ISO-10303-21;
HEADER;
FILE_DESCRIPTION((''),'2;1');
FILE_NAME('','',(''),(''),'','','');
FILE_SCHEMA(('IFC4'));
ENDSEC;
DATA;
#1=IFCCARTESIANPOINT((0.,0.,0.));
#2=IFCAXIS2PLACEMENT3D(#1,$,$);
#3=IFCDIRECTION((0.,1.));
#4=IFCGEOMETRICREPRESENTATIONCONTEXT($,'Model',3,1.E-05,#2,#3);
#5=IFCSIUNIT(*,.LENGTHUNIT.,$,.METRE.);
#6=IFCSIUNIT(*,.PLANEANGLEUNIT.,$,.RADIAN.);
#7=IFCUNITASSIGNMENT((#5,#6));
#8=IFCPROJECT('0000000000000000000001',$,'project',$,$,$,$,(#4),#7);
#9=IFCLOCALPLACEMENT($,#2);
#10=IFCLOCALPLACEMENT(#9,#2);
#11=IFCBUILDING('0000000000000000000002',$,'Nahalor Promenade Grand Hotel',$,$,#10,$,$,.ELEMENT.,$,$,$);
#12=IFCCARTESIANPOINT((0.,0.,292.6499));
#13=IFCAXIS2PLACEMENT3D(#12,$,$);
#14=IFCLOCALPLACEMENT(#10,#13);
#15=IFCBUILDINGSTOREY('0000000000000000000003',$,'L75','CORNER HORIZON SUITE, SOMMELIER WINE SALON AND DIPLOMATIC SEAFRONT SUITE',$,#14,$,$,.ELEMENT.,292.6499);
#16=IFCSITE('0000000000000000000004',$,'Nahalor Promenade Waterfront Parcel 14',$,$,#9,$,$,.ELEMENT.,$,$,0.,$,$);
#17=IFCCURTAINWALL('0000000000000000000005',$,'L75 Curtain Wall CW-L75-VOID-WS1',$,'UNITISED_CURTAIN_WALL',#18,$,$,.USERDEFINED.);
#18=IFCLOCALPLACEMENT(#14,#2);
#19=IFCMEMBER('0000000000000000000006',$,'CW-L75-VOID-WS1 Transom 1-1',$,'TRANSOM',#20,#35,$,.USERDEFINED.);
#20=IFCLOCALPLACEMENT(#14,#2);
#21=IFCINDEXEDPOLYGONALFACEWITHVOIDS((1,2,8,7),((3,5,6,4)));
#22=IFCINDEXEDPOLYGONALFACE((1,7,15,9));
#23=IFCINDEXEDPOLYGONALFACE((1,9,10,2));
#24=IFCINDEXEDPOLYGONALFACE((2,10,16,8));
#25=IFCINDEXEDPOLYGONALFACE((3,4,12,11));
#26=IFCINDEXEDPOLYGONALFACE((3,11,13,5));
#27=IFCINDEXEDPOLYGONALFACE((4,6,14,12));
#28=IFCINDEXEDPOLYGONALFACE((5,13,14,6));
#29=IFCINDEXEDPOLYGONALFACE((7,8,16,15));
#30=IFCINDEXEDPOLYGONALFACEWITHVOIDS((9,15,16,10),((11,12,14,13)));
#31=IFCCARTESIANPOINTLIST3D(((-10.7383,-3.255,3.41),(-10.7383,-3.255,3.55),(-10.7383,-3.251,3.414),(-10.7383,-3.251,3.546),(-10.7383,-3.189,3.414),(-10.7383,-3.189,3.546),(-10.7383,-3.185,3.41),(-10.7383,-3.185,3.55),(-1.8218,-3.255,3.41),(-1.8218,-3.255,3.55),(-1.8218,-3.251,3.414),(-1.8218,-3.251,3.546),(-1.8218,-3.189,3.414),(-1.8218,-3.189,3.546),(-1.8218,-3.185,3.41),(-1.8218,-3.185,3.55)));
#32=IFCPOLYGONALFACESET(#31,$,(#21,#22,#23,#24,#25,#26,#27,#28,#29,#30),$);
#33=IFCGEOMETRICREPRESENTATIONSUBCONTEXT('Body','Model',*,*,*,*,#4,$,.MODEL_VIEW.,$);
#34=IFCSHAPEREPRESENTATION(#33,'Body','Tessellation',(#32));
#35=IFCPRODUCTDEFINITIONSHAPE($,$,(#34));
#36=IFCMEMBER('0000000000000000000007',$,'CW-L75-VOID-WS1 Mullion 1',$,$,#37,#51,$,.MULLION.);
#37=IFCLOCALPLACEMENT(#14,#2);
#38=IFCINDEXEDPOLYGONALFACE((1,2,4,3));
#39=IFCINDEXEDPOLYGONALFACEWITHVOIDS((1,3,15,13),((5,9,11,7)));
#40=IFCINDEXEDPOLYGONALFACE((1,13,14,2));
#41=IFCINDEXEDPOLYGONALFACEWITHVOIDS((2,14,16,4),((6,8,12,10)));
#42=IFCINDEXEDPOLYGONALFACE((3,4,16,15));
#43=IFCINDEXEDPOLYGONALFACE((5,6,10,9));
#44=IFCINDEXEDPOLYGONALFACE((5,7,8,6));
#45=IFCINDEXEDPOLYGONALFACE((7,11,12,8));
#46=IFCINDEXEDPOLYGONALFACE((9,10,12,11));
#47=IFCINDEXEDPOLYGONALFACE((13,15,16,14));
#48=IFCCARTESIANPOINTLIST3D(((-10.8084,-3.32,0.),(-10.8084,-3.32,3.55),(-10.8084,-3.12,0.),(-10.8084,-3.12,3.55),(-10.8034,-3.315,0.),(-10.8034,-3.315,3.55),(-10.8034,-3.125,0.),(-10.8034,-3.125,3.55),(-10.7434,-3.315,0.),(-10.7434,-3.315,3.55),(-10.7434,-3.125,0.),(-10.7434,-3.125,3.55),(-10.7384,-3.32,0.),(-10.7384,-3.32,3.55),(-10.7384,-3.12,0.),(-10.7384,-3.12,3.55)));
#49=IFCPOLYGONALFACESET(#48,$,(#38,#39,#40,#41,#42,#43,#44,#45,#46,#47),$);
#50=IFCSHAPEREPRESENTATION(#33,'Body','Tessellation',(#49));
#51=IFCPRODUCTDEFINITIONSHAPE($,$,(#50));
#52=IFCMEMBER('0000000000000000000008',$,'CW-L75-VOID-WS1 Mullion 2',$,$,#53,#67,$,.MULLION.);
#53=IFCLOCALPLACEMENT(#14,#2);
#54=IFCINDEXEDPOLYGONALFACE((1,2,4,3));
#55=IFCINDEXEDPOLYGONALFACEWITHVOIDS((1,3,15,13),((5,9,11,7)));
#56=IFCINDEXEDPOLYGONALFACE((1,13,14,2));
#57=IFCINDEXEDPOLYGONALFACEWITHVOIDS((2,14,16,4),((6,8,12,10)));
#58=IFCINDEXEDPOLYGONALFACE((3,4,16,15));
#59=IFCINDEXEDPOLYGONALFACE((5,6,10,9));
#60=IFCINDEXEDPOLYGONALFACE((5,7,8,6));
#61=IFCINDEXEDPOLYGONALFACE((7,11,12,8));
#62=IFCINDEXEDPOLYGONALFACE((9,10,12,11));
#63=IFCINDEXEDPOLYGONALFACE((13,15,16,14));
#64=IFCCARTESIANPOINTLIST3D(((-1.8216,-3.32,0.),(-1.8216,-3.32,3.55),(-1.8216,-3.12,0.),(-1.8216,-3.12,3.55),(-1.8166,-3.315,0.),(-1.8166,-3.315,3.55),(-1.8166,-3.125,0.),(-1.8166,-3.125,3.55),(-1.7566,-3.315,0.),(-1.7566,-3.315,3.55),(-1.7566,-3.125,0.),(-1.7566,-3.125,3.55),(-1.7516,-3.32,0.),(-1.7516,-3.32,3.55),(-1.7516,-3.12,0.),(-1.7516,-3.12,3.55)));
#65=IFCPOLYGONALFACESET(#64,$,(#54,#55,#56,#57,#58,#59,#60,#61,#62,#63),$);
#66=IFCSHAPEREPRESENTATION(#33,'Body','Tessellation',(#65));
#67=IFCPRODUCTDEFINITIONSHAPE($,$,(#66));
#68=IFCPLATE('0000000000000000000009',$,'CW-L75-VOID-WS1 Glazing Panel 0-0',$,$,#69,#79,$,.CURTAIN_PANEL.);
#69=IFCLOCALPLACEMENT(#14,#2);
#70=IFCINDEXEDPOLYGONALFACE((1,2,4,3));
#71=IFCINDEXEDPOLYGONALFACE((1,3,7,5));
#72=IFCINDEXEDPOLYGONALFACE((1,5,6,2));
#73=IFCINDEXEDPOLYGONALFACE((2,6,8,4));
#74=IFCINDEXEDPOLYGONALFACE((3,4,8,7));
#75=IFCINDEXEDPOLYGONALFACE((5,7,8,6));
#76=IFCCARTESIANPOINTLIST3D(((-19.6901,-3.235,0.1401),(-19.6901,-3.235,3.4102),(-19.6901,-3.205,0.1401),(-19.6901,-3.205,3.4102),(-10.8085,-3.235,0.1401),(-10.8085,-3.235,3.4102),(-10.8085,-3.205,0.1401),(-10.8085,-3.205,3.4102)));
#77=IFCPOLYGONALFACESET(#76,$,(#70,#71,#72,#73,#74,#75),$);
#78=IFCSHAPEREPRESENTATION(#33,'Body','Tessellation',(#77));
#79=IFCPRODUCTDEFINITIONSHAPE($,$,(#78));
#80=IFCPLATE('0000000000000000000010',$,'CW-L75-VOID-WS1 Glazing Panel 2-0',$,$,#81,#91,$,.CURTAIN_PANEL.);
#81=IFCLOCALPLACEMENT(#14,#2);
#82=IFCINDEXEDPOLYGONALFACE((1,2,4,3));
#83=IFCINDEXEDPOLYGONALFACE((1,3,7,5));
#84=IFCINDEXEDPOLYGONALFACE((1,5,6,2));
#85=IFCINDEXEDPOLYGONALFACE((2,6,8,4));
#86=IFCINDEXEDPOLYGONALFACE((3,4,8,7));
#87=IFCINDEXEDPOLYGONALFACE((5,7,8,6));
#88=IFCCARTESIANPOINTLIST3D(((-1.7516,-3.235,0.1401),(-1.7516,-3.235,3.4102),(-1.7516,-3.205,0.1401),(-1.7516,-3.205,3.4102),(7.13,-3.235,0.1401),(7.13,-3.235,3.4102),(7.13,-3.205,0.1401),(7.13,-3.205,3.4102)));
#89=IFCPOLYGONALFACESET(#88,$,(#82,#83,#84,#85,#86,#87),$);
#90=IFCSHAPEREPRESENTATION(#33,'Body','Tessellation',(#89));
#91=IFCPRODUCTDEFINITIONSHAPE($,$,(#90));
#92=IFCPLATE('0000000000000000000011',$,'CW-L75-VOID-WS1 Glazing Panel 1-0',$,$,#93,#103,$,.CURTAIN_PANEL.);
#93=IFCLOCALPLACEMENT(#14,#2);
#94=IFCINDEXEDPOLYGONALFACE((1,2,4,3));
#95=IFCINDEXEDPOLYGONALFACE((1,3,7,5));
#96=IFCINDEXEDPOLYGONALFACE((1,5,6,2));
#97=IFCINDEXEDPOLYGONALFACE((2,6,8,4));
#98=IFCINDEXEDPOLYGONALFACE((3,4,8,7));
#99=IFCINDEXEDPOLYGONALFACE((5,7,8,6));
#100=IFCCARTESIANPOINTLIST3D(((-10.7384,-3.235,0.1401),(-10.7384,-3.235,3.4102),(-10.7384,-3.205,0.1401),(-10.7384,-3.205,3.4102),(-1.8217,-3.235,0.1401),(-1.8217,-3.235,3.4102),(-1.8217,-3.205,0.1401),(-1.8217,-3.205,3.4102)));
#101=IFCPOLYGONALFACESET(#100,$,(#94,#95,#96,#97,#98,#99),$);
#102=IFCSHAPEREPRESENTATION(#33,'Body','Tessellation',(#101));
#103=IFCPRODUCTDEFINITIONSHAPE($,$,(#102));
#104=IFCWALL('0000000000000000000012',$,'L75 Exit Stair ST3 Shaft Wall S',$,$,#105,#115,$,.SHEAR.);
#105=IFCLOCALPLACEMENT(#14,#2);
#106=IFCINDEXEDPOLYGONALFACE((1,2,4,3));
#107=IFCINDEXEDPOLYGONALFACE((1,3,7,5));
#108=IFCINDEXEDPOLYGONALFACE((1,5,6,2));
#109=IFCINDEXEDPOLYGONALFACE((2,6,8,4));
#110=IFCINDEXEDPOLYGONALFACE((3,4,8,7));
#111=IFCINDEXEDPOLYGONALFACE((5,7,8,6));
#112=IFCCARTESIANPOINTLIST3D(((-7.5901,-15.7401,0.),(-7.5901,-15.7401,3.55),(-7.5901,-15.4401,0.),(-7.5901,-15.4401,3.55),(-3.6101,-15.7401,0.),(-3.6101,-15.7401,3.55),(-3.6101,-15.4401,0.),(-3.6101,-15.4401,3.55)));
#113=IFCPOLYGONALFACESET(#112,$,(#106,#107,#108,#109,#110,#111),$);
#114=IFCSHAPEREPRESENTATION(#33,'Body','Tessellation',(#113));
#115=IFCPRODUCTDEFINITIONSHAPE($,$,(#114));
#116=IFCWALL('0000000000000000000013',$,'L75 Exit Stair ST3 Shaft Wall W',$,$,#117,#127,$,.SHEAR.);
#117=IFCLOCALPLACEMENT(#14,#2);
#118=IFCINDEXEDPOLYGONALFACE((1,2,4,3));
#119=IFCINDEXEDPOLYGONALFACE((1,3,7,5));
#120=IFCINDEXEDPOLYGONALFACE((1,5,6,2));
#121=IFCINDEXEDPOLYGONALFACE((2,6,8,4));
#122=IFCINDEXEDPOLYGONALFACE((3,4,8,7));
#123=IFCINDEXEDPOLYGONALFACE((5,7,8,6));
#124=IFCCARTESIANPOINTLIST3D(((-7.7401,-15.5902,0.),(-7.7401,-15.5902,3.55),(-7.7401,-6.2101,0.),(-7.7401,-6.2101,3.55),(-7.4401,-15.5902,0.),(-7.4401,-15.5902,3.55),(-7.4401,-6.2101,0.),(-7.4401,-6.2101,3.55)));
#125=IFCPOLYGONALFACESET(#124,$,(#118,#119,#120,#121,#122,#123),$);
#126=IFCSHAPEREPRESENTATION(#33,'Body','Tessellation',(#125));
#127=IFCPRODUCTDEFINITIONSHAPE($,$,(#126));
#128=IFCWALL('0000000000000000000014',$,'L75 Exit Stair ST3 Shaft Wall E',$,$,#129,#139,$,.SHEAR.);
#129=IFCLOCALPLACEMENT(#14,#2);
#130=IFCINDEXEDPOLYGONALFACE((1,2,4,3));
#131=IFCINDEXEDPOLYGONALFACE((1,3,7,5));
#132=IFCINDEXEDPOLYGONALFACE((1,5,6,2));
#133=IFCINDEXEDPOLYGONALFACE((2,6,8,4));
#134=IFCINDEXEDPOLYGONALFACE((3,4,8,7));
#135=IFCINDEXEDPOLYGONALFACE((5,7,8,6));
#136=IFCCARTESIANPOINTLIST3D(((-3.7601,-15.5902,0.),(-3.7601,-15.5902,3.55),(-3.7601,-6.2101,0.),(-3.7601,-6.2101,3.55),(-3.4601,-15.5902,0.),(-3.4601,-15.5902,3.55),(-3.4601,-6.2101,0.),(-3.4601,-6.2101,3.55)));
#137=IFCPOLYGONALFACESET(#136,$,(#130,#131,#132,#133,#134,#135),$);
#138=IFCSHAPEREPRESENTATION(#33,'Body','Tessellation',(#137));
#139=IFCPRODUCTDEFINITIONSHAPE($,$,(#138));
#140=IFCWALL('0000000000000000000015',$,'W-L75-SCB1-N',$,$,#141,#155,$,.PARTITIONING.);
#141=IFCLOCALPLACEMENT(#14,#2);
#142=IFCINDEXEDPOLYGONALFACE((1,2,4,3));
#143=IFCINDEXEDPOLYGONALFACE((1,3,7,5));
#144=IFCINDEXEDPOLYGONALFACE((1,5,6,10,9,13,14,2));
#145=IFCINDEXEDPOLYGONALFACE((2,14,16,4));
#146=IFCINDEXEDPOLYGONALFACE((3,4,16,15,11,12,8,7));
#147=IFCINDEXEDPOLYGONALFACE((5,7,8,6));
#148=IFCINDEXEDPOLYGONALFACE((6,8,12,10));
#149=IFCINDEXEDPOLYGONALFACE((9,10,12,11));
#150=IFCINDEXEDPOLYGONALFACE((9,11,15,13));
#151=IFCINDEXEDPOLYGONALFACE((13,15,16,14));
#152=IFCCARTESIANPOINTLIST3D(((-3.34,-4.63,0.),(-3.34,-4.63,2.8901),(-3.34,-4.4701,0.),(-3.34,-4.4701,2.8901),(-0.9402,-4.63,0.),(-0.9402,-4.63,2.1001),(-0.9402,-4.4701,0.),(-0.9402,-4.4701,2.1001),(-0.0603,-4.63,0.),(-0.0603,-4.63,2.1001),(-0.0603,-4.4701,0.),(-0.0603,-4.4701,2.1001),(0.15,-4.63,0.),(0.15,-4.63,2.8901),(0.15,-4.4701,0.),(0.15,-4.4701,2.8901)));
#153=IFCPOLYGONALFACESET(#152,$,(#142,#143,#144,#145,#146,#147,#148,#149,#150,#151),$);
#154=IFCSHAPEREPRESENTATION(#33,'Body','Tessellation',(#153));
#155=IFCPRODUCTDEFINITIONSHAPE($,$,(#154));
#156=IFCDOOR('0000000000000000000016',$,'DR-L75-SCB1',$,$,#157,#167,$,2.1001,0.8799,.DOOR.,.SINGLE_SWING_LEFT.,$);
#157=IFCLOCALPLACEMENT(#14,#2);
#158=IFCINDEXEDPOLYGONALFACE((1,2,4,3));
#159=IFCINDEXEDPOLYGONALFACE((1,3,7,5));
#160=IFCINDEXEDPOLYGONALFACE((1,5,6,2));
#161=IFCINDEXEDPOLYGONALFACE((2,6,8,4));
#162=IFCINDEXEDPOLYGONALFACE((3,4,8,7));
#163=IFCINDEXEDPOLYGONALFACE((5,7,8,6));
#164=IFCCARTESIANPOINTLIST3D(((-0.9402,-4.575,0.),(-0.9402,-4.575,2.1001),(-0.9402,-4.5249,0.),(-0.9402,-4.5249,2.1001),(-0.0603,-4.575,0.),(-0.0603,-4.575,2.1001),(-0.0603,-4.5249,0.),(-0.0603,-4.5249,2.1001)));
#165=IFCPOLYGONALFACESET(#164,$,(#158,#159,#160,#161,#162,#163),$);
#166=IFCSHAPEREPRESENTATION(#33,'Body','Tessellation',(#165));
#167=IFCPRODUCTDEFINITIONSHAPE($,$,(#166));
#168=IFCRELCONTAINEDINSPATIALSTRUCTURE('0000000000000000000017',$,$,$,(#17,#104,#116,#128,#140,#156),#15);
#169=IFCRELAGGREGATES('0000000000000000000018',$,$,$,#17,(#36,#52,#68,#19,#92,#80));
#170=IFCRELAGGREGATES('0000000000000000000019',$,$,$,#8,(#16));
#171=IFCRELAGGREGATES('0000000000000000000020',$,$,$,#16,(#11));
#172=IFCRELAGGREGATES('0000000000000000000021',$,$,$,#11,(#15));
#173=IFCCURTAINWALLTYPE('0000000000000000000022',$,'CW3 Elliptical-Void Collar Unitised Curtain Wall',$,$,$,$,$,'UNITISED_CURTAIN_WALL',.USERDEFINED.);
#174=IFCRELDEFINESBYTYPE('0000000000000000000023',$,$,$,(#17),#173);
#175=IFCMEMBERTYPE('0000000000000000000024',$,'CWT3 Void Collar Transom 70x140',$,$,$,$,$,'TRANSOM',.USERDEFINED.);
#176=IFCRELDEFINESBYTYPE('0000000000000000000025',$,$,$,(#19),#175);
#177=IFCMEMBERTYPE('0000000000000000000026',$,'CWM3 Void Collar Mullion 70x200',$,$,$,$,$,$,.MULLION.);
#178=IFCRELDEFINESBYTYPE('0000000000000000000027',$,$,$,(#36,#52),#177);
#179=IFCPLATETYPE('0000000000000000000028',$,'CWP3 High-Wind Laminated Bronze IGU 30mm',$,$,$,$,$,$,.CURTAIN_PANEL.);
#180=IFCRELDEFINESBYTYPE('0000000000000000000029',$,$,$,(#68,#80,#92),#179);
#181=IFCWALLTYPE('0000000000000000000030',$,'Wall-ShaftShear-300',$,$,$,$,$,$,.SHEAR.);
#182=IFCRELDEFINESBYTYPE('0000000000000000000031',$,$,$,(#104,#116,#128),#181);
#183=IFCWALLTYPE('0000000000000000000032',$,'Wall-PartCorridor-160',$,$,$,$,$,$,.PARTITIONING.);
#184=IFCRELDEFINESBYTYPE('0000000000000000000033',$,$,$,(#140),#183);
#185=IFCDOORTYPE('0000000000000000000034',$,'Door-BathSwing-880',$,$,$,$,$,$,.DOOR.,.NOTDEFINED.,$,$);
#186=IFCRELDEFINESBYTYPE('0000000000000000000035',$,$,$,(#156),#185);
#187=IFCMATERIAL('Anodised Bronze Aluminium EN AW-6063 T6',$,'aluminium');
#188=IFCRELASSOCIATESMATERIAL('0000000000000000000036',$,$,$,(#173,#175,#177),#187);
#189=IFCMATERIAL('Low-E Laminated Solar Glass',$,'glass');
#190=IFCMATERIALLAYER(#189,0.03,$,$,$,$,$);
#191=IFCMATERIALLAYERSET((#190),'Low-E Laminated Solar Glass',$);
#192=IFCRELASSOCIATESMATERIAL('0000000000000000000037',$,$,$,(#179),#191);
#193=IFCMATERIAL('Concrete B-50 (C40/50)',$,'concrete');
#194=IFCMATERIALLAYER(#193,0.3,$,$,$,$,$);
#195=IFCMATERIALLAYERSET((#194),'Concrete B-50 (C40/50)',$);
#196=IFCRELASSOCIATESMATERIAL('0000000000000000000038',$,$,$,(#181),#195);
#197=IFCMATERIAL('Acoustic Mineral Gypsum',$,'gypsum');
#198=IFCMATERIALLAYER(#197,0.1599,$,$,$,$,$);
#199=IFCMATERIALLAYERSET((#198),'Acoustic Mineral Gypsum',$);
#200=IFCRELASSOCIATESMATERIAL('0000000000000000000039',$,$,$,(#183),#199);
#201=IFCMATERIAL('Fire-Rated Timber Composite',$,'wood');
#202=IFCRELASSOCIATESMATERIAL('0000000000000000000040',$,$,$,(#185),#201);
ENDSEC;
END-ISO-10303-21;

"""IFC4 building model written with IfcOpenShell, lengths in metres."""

from ifc_helpers import new_model, si_unit, direction, frame, frame_2d, origin, origin_2d, place, context, subcontext, project, spatial, rectangle, hollow_rectangle, extrude, source, transform, mapped, material, layer, layer_set, material_profile, profile_set, type_object, element, fill, aggregate, save


model = new_model("IFC4")

# Units and contexts
model_context = context("Model", 3, precision=1e-05, world=origin(), true_north=direction((0.0, 1.0)))
body_context = subcontext(model_context, "Body", "Model", "MODEL_VIEW")
ifc_project = project(units=[si_unit("LENGTHUNIT", "METRE"), si_unit("PLANEANGLEUNIT", "RADIAN")], contexts=[model_context])

# Site, building, storey
site_placement = place(None, origin())
site = spatial("IfcSite", under=ifc_project, at=site_placement, Name="Nahalor Promenade Waterfront Parcel 14", CompositionType="ELEMENT", RefElevation=0.0)
building_placement = place(site_placement, origin())
building = spatial("IfcBuilding", under=site, at=building_placement, Name="Nahalor Promenade Grand Hotel", CompositionType="ELEMENT")
storey_placement = place(building_placement, frame((0.0, 0.0, 292.6499)))
storey = spatial("IfcBuildingStorey", under=building, at=storey_placement, Name="L75", Description="CORNER HORIZON SUITE, SOMMELIER WINE SALON AND DIPLOMATIC SEAFRONT SUITE", CompositionType="ELEMENT", Elevation=292.6499)

# Shared definitions
ifc_material_1 = material(Name="Concrete B-50 (C40/50)", Category="concrete")

# Curtain wall, members, plates
ifc_material_2 = material(Name="Anodised Bronze Aluminium EN AW-6063 T6", Category="aluminium")
curtain_wall_type = type_object("IfcCurtainWallType", Name="CW3 Elliptical-Void Collar Unitised Curtain Wall", ElementType="UNITISED_CURTAIN_WALL", PredefinedType="USERDEFINED", material=ifc_material_2)
curtain_wall_placement = place(storey_placement, origin())
curtain_wall = element("IfcCurtainWall", 1, at=curtain_wall_placement, inside=storey, type_object=curtain_wall_type, Name="L75 Curtain Wall CW-L75-VOID-WS1", ObjectType="UNITISED_CURTAIN_WALL", PredefinedType="USERDEFINED")
ifc_material_profile_1 = material_profile(ifc_material_2, hollow_rectangle(XDim=0.07, YDim=0.14, WallThickness=0.004, at=origin_2d()), Name="CWT 70x140x4")
ifc_profile_set_1 = profile_set([ifc_material_profile_1], Name="Anodised Bronze Aluminium EN AW-6063 T6")
member_type_1 = type_object("IfcMemberType", Name="CWT3 Void Collar Transom 70x140", ElementType="TRANSOM", PredefinedType="USERDEFINED", material=ifc_profile_set_1)
shared_shape_1 = source(origin(), body_context, "Body", "SweptSolid", [
    extrude(hollow_rectangle(XDim=0.07, YDim=0.14, WallThickness=0.004, at=origin_2d()), origin(), (0.0, 0.0, 1.0), 8.9165),
])
member_1_placement = place(storey_placement, frame((-10.7383, -3.22, 3.48), z_axis=(1.0, 0.0, 0.0), x_axis=(0.0, 1.0, 0.0)))
member_1 = element("IfcMember", 2, at=member_1_placement, type_object=member_type_1, Name="CW-L75-VOID-WS1 Transom 1-1", ObjectType="TRANSOM", PredefinedType="USERDEFINED", context=body_context, shape_type="MappedRepresentation", body=[
    mapped(shared_shape_1, transform((0.0, 0.0, 0.0), scale=1.0)),
])
ifc_material_profile_2 = material_profile(ifc_material_2, hollow_rectangle(XDim=0.07, YDim=0.2, WallThickness=0.005, at=origin_2d()), Name="CWM 70x200x5")
ifc_profile_set_2 = profile_set([ifc_material_profile_2], Name="Anodised Bronze Aluminium EN AW-6063 T6")
member_type_2 = type_object("IfcMemberType", Name="CWM3 Void Collar Mullion 70x200", PredefinedType="MULLION", material=ifc_profile_set_2)
shared_shape_2 = source(origin(), body_context, "Body", "SweptSolid", [
    extrude(hollow_rectangle(XDim=0.07, YDim=0.2, WallThickness=0.005, at=origin_2d()), origin(), (0.0, 0.0, 1.0), 3.55),
])
member_2_placement = place(storey_placement, frame((-10.7734, -3.22, 0.0), z_axis=(0.0, 0.0, 1.0), x_axis=(1.0, 0.0, 0.0)))
member_2 = element("IfcMember", 3, at=member_2_placement, type_object=member_type_2, Name="CW-L75-VOID-WS1 Mullion 1", PredefinedType="MULLION", context=body_context, shape_type="MappedRepresentation", body=[
    mapped(shared_shape_2, transform((0.0, 0.0, 0.0), scale=1.0)),
])
member_3_placement = place(storey_placement, frame((-1.7866, -3.22, 0.0), z_axis=(0.0, 0.0, 1.0), x_axis=(1.0, 0.0, 0.0)))
member_3 = element("IfcMember", 4, at=member_3_placement, type_object=member_type_2, Name="CW-L75-VOID-WS1 Mullion 2", PredefinedType="MULLION", context=body_context, shape_type="MappedRepresentation", body=[
    mapped(shared_shape_2, transform((0.0, 0.0, 0.0), scale=1.0)),
])
ifc_material_3 = material(Name="Low-E Laminated Solar Glass", Category="glass")
ifc_layer_1 = layer(ifc_material_3, 0.03)
ifc_layer_set_1 = layer_set([ifc_layer_1], Name="Low-E Laminated Solar Glass")
plate_type = type_object("IfcPlateType", Name="CWP3 High-Wind Laminated Bronze IGU 30mm", PredefinedType="CURTAIN_PANEL", material=ifc_layer_set_1)
shared_shape_3 = source(origin(), body_context, "Body", "SweptSolid", [
    extrude(rectangle(XDim=8.8816, YDim=0.03, at=origin_2d()), origin(), (0.0, 0.0, 1.0), 3.27),
])
plate_1_placement = place(storey_placement, frame((-15.2493, -3.22, 0.1401), z_axis=(0.0, 0.0, 1.0), x_axis=(1.0, 0.0, 0.0)))
plate_1 = element("IfcPlate", 5, at=plate_1_placement, type_object=plate_type, Name="CW-L75-VOID-WS1 Glazing Panel 0-0", PredefinedType="CURTAIN_PANEL", context=body_context, shape_type="MappedRepresentation", body=[
    mapped(shared_shape_3, transform((0.0, 0.0, 0.0), scale=1.0)),
])
plate_2_placement = place(storey_placement, frame((2.6892, -3.22, 0.1401), z_axis=(0.0, 0.0, 1.0), x_axis=(1.0, 0.0, 0.0)))
plate_2 = element("IfcPlate", 6, at=plate_2_placement, type_object=plate_type, Name="CW-L75-VOID-WS1 Glazing Panel 2-0", PredefinedType="CURTAIN_PANEL", context=body_context, shape_type="MappedRepresentation", body=[
    mapped(shared_shape_3, transform((0.0, 0.0, 0.0), scale=1.0)),
])
shared_shape_4 = source(origin(), body_context, "Body", "SweptSolid", [
    extrude(rectangle(XDim=8.9167, YDim=0.03, at=origin_2d()), origin(), (0.0, 0.0, 1.0), 3.27),
])
plate_3_placement = place(storey_placement, frame((-6.28, -3.22, 0.1401), z_axis=(0.0, 0.0, 1.0), x_axis=(1.0, 0.0, 0.0)))
plate_3 = element("IfcPlate", 7, at=plate_3_placement, type_object=plate_type, Name="CW-L75-VOID-WS1 Glazing Panel 1-0", PredefinedType="CURTAIN_PANEL", context=body_context, shape_type="MappedRepresentation", body=[
    mapped(shared_shape_4, transform((0.0, 0.0, 0.0), scale=1.0)),
])
aggregate(curtain_wall, [member_2, member_3, plate_1, member_1, plate_3, plate_2])

# Wall
ifc_layer_2 = layer(ifc_material_1, 0.3)
ifc_layer_set_2 = layer_set([ifc_layer_2], Name="Concrete B-50 (C40/50)")
wall_type_1 = type_object("IfcWallType", Name="Wall-ShaftShear-300", PredefinedType="SHEAR", material=ifc_layer_set_2)
shared_shape_5 = source(origin(), body_context, "Body", "SweptSolid", [
    extrude(rectangle(XDim=3.98, YDim=0.3, at=frame_2d((1.99, 0.0))), origin(), (0.0, 0.0, 1.0), 3.55),
])
wall_1_placement = place(storey_placement, frame((-7.5901, -15.5901, 0.0), z_axis=(0.0, 0.0, 1.0), x_axis=(1.0, 0.0, 0.0)))
element("IfcWall", 8, at=wall_1_placement, inside=storey, type_object=wall_type_1, Name="L75 Exit Stair ST3 Shaft Wall S", PredefinedType="SHEAR", context=body_context, shape_type="MappedRepresentation", body=[
    mapped(shared_shape_5, transform((0.0, 0.0, 0.0), scale=1.0)),
])

# Walls
shared_shape_6 = source(origin(), body_context, "Body", "SweptSolid", [
    extrude(rectangle(XDim=9.3801, YDim=0.3, at=frame_2d((4.6899, 0.0))), origin(), (0.0, 0.0, 1.0), 3.55),
])
for number, where, z_axis, x_axis, name in (
    (9, (-7.5901, -15.5901, 0.0), (0.0, 0.0, 1.0), (0.0, 1.0, 0.0), "L75 Exit Stair ST3 Shaft Wall W"),
    (10, (-3.6101, -15.5901, 0.0), (0.0, 0.0, 1.0), (0.0, 1.0, 0.0), "L75 Exit Stair ST3 Shaft Wall E"),
):
    element("IfcWall", number, at=place(storey_placement, frame(where, z_axis=z_axis, x_axis=x_axis)), inside=storey, type_object=wall_type_1, Name=name, PredefinedType="SHEAR", context=body_context, shape_type="MappedRepresentation", body=[
        mapped(shared_shape_6, transform((0.0, 0.0, 0.0), scale=1.0)),
    ])

# Wall, opening, door
ifc_material_4 = material(Name="Acoustic Mineral Gypsum", Category="gypsum")
ifc_layer_3 = layer(ifc_material_4, 0.1599)
ifc_layer_set_3 = layer_set([ifc_layer_3], Name="Acoustic Mineral Gypsum")
wall_type_2 = type_object("IfcWallType", Name="Wall-PartCorridor-160", PredefinedType="PARTITIONING", material=ifc_layer_set_3)
shared_shape_7 = source(origin(), body_context, "Body", "SweptSolid", [
    extrude(rectangle(XDim=3.49, YDim=0.1599, at=frame_2d((1.7451, 0.0))), origin(), (0.0, 0.0, 1.0), 2.8901),
])
wall_2_placement = place(storey_placement, frame((-3.3401, -4.55, 0.0), z_axis=(0.0, 0.0, 1.0), x_axis=(1.0, 0.0, 0.0)))
wall_2 = element("IfcWall", 11, at=wall_2_placement, inside=storey, type_object=wall_type_2, Name="W-L75-SCB1-N", PredefinedType="PARTITIONING", context=body_context, shape_type="MappedRepresentation", body=[
    mapped(shared_shape_7, transform((0.0, 0.0, 0.0), scale=1.0)),
])
opening_1_placement = place(wall_2_placement, frame((2.3999, 0.0, 0.0)))
opening_1 = element("IfcOpeningElement", 12, at=opening_1_placement, cuts=wall_2, PredefinedType="OPENING", context=body_context, shape_type="SweptSolid", body=[
    extrude(rectangle(XDim=0.8799, YDim=2.1001, at=frame_2d((0.4399, 1.05))), frame((0.0, 0.0898, 0.0), z_axis=(0.0, -1.0, 0.0), x_axis=(1.0, 0.0, 0.0)), (0.0, 0.0, 1.0), 0.1799),
])
ifc_material_5 = material(Name="Fire-Rated Timber Composite", Category="wood")
door_type_1 = type_object("IfcDoorType", Name="Door-BathSwing-880", OperationType="NOTDEFINED", PredefinedType="DOOR", material=ifc_material_5)
shared_shape_8 = source(origin(), body_context, "Body", "SweptSolid", [
    extrude(rectangle(XDim=0.8799, YDim=2.1001, at=frame_2d((0.4399, 1.05))), frame((0.0, 0.0249, 0.0), z_axis=(0.0, -1.0, 0.0), x_axis=(1.0, 0.0, 0.0)), (0.0, 0.0, 1.0), 0.05),
])
door_1_placement = place(opening_1_placement, frame((0.8799, 0.0, 0.0), z_axis=(0.0, 0.0, 1.0), x_axis=(-1.0, 0.0, 0.0)))
door_1 = element("IfcDoor", 13, at=door_1_placement, inside=storey, type_object=door_type_1, Name="DR-L75-SCB1", OperationType="SINGLE_SWING_LEFT", OverallHeight=2.1001, OverallWidth=0.8799, PredefinedType="DOOR", context=body_context, shape_type="MappedRepresentation", body=[
    mapped(shared_shape_8, transform((0.0, 0.0, 0.0), scale=1.0)),
])
fill(opening_1, door_1)

save(model, "model.ifc")
